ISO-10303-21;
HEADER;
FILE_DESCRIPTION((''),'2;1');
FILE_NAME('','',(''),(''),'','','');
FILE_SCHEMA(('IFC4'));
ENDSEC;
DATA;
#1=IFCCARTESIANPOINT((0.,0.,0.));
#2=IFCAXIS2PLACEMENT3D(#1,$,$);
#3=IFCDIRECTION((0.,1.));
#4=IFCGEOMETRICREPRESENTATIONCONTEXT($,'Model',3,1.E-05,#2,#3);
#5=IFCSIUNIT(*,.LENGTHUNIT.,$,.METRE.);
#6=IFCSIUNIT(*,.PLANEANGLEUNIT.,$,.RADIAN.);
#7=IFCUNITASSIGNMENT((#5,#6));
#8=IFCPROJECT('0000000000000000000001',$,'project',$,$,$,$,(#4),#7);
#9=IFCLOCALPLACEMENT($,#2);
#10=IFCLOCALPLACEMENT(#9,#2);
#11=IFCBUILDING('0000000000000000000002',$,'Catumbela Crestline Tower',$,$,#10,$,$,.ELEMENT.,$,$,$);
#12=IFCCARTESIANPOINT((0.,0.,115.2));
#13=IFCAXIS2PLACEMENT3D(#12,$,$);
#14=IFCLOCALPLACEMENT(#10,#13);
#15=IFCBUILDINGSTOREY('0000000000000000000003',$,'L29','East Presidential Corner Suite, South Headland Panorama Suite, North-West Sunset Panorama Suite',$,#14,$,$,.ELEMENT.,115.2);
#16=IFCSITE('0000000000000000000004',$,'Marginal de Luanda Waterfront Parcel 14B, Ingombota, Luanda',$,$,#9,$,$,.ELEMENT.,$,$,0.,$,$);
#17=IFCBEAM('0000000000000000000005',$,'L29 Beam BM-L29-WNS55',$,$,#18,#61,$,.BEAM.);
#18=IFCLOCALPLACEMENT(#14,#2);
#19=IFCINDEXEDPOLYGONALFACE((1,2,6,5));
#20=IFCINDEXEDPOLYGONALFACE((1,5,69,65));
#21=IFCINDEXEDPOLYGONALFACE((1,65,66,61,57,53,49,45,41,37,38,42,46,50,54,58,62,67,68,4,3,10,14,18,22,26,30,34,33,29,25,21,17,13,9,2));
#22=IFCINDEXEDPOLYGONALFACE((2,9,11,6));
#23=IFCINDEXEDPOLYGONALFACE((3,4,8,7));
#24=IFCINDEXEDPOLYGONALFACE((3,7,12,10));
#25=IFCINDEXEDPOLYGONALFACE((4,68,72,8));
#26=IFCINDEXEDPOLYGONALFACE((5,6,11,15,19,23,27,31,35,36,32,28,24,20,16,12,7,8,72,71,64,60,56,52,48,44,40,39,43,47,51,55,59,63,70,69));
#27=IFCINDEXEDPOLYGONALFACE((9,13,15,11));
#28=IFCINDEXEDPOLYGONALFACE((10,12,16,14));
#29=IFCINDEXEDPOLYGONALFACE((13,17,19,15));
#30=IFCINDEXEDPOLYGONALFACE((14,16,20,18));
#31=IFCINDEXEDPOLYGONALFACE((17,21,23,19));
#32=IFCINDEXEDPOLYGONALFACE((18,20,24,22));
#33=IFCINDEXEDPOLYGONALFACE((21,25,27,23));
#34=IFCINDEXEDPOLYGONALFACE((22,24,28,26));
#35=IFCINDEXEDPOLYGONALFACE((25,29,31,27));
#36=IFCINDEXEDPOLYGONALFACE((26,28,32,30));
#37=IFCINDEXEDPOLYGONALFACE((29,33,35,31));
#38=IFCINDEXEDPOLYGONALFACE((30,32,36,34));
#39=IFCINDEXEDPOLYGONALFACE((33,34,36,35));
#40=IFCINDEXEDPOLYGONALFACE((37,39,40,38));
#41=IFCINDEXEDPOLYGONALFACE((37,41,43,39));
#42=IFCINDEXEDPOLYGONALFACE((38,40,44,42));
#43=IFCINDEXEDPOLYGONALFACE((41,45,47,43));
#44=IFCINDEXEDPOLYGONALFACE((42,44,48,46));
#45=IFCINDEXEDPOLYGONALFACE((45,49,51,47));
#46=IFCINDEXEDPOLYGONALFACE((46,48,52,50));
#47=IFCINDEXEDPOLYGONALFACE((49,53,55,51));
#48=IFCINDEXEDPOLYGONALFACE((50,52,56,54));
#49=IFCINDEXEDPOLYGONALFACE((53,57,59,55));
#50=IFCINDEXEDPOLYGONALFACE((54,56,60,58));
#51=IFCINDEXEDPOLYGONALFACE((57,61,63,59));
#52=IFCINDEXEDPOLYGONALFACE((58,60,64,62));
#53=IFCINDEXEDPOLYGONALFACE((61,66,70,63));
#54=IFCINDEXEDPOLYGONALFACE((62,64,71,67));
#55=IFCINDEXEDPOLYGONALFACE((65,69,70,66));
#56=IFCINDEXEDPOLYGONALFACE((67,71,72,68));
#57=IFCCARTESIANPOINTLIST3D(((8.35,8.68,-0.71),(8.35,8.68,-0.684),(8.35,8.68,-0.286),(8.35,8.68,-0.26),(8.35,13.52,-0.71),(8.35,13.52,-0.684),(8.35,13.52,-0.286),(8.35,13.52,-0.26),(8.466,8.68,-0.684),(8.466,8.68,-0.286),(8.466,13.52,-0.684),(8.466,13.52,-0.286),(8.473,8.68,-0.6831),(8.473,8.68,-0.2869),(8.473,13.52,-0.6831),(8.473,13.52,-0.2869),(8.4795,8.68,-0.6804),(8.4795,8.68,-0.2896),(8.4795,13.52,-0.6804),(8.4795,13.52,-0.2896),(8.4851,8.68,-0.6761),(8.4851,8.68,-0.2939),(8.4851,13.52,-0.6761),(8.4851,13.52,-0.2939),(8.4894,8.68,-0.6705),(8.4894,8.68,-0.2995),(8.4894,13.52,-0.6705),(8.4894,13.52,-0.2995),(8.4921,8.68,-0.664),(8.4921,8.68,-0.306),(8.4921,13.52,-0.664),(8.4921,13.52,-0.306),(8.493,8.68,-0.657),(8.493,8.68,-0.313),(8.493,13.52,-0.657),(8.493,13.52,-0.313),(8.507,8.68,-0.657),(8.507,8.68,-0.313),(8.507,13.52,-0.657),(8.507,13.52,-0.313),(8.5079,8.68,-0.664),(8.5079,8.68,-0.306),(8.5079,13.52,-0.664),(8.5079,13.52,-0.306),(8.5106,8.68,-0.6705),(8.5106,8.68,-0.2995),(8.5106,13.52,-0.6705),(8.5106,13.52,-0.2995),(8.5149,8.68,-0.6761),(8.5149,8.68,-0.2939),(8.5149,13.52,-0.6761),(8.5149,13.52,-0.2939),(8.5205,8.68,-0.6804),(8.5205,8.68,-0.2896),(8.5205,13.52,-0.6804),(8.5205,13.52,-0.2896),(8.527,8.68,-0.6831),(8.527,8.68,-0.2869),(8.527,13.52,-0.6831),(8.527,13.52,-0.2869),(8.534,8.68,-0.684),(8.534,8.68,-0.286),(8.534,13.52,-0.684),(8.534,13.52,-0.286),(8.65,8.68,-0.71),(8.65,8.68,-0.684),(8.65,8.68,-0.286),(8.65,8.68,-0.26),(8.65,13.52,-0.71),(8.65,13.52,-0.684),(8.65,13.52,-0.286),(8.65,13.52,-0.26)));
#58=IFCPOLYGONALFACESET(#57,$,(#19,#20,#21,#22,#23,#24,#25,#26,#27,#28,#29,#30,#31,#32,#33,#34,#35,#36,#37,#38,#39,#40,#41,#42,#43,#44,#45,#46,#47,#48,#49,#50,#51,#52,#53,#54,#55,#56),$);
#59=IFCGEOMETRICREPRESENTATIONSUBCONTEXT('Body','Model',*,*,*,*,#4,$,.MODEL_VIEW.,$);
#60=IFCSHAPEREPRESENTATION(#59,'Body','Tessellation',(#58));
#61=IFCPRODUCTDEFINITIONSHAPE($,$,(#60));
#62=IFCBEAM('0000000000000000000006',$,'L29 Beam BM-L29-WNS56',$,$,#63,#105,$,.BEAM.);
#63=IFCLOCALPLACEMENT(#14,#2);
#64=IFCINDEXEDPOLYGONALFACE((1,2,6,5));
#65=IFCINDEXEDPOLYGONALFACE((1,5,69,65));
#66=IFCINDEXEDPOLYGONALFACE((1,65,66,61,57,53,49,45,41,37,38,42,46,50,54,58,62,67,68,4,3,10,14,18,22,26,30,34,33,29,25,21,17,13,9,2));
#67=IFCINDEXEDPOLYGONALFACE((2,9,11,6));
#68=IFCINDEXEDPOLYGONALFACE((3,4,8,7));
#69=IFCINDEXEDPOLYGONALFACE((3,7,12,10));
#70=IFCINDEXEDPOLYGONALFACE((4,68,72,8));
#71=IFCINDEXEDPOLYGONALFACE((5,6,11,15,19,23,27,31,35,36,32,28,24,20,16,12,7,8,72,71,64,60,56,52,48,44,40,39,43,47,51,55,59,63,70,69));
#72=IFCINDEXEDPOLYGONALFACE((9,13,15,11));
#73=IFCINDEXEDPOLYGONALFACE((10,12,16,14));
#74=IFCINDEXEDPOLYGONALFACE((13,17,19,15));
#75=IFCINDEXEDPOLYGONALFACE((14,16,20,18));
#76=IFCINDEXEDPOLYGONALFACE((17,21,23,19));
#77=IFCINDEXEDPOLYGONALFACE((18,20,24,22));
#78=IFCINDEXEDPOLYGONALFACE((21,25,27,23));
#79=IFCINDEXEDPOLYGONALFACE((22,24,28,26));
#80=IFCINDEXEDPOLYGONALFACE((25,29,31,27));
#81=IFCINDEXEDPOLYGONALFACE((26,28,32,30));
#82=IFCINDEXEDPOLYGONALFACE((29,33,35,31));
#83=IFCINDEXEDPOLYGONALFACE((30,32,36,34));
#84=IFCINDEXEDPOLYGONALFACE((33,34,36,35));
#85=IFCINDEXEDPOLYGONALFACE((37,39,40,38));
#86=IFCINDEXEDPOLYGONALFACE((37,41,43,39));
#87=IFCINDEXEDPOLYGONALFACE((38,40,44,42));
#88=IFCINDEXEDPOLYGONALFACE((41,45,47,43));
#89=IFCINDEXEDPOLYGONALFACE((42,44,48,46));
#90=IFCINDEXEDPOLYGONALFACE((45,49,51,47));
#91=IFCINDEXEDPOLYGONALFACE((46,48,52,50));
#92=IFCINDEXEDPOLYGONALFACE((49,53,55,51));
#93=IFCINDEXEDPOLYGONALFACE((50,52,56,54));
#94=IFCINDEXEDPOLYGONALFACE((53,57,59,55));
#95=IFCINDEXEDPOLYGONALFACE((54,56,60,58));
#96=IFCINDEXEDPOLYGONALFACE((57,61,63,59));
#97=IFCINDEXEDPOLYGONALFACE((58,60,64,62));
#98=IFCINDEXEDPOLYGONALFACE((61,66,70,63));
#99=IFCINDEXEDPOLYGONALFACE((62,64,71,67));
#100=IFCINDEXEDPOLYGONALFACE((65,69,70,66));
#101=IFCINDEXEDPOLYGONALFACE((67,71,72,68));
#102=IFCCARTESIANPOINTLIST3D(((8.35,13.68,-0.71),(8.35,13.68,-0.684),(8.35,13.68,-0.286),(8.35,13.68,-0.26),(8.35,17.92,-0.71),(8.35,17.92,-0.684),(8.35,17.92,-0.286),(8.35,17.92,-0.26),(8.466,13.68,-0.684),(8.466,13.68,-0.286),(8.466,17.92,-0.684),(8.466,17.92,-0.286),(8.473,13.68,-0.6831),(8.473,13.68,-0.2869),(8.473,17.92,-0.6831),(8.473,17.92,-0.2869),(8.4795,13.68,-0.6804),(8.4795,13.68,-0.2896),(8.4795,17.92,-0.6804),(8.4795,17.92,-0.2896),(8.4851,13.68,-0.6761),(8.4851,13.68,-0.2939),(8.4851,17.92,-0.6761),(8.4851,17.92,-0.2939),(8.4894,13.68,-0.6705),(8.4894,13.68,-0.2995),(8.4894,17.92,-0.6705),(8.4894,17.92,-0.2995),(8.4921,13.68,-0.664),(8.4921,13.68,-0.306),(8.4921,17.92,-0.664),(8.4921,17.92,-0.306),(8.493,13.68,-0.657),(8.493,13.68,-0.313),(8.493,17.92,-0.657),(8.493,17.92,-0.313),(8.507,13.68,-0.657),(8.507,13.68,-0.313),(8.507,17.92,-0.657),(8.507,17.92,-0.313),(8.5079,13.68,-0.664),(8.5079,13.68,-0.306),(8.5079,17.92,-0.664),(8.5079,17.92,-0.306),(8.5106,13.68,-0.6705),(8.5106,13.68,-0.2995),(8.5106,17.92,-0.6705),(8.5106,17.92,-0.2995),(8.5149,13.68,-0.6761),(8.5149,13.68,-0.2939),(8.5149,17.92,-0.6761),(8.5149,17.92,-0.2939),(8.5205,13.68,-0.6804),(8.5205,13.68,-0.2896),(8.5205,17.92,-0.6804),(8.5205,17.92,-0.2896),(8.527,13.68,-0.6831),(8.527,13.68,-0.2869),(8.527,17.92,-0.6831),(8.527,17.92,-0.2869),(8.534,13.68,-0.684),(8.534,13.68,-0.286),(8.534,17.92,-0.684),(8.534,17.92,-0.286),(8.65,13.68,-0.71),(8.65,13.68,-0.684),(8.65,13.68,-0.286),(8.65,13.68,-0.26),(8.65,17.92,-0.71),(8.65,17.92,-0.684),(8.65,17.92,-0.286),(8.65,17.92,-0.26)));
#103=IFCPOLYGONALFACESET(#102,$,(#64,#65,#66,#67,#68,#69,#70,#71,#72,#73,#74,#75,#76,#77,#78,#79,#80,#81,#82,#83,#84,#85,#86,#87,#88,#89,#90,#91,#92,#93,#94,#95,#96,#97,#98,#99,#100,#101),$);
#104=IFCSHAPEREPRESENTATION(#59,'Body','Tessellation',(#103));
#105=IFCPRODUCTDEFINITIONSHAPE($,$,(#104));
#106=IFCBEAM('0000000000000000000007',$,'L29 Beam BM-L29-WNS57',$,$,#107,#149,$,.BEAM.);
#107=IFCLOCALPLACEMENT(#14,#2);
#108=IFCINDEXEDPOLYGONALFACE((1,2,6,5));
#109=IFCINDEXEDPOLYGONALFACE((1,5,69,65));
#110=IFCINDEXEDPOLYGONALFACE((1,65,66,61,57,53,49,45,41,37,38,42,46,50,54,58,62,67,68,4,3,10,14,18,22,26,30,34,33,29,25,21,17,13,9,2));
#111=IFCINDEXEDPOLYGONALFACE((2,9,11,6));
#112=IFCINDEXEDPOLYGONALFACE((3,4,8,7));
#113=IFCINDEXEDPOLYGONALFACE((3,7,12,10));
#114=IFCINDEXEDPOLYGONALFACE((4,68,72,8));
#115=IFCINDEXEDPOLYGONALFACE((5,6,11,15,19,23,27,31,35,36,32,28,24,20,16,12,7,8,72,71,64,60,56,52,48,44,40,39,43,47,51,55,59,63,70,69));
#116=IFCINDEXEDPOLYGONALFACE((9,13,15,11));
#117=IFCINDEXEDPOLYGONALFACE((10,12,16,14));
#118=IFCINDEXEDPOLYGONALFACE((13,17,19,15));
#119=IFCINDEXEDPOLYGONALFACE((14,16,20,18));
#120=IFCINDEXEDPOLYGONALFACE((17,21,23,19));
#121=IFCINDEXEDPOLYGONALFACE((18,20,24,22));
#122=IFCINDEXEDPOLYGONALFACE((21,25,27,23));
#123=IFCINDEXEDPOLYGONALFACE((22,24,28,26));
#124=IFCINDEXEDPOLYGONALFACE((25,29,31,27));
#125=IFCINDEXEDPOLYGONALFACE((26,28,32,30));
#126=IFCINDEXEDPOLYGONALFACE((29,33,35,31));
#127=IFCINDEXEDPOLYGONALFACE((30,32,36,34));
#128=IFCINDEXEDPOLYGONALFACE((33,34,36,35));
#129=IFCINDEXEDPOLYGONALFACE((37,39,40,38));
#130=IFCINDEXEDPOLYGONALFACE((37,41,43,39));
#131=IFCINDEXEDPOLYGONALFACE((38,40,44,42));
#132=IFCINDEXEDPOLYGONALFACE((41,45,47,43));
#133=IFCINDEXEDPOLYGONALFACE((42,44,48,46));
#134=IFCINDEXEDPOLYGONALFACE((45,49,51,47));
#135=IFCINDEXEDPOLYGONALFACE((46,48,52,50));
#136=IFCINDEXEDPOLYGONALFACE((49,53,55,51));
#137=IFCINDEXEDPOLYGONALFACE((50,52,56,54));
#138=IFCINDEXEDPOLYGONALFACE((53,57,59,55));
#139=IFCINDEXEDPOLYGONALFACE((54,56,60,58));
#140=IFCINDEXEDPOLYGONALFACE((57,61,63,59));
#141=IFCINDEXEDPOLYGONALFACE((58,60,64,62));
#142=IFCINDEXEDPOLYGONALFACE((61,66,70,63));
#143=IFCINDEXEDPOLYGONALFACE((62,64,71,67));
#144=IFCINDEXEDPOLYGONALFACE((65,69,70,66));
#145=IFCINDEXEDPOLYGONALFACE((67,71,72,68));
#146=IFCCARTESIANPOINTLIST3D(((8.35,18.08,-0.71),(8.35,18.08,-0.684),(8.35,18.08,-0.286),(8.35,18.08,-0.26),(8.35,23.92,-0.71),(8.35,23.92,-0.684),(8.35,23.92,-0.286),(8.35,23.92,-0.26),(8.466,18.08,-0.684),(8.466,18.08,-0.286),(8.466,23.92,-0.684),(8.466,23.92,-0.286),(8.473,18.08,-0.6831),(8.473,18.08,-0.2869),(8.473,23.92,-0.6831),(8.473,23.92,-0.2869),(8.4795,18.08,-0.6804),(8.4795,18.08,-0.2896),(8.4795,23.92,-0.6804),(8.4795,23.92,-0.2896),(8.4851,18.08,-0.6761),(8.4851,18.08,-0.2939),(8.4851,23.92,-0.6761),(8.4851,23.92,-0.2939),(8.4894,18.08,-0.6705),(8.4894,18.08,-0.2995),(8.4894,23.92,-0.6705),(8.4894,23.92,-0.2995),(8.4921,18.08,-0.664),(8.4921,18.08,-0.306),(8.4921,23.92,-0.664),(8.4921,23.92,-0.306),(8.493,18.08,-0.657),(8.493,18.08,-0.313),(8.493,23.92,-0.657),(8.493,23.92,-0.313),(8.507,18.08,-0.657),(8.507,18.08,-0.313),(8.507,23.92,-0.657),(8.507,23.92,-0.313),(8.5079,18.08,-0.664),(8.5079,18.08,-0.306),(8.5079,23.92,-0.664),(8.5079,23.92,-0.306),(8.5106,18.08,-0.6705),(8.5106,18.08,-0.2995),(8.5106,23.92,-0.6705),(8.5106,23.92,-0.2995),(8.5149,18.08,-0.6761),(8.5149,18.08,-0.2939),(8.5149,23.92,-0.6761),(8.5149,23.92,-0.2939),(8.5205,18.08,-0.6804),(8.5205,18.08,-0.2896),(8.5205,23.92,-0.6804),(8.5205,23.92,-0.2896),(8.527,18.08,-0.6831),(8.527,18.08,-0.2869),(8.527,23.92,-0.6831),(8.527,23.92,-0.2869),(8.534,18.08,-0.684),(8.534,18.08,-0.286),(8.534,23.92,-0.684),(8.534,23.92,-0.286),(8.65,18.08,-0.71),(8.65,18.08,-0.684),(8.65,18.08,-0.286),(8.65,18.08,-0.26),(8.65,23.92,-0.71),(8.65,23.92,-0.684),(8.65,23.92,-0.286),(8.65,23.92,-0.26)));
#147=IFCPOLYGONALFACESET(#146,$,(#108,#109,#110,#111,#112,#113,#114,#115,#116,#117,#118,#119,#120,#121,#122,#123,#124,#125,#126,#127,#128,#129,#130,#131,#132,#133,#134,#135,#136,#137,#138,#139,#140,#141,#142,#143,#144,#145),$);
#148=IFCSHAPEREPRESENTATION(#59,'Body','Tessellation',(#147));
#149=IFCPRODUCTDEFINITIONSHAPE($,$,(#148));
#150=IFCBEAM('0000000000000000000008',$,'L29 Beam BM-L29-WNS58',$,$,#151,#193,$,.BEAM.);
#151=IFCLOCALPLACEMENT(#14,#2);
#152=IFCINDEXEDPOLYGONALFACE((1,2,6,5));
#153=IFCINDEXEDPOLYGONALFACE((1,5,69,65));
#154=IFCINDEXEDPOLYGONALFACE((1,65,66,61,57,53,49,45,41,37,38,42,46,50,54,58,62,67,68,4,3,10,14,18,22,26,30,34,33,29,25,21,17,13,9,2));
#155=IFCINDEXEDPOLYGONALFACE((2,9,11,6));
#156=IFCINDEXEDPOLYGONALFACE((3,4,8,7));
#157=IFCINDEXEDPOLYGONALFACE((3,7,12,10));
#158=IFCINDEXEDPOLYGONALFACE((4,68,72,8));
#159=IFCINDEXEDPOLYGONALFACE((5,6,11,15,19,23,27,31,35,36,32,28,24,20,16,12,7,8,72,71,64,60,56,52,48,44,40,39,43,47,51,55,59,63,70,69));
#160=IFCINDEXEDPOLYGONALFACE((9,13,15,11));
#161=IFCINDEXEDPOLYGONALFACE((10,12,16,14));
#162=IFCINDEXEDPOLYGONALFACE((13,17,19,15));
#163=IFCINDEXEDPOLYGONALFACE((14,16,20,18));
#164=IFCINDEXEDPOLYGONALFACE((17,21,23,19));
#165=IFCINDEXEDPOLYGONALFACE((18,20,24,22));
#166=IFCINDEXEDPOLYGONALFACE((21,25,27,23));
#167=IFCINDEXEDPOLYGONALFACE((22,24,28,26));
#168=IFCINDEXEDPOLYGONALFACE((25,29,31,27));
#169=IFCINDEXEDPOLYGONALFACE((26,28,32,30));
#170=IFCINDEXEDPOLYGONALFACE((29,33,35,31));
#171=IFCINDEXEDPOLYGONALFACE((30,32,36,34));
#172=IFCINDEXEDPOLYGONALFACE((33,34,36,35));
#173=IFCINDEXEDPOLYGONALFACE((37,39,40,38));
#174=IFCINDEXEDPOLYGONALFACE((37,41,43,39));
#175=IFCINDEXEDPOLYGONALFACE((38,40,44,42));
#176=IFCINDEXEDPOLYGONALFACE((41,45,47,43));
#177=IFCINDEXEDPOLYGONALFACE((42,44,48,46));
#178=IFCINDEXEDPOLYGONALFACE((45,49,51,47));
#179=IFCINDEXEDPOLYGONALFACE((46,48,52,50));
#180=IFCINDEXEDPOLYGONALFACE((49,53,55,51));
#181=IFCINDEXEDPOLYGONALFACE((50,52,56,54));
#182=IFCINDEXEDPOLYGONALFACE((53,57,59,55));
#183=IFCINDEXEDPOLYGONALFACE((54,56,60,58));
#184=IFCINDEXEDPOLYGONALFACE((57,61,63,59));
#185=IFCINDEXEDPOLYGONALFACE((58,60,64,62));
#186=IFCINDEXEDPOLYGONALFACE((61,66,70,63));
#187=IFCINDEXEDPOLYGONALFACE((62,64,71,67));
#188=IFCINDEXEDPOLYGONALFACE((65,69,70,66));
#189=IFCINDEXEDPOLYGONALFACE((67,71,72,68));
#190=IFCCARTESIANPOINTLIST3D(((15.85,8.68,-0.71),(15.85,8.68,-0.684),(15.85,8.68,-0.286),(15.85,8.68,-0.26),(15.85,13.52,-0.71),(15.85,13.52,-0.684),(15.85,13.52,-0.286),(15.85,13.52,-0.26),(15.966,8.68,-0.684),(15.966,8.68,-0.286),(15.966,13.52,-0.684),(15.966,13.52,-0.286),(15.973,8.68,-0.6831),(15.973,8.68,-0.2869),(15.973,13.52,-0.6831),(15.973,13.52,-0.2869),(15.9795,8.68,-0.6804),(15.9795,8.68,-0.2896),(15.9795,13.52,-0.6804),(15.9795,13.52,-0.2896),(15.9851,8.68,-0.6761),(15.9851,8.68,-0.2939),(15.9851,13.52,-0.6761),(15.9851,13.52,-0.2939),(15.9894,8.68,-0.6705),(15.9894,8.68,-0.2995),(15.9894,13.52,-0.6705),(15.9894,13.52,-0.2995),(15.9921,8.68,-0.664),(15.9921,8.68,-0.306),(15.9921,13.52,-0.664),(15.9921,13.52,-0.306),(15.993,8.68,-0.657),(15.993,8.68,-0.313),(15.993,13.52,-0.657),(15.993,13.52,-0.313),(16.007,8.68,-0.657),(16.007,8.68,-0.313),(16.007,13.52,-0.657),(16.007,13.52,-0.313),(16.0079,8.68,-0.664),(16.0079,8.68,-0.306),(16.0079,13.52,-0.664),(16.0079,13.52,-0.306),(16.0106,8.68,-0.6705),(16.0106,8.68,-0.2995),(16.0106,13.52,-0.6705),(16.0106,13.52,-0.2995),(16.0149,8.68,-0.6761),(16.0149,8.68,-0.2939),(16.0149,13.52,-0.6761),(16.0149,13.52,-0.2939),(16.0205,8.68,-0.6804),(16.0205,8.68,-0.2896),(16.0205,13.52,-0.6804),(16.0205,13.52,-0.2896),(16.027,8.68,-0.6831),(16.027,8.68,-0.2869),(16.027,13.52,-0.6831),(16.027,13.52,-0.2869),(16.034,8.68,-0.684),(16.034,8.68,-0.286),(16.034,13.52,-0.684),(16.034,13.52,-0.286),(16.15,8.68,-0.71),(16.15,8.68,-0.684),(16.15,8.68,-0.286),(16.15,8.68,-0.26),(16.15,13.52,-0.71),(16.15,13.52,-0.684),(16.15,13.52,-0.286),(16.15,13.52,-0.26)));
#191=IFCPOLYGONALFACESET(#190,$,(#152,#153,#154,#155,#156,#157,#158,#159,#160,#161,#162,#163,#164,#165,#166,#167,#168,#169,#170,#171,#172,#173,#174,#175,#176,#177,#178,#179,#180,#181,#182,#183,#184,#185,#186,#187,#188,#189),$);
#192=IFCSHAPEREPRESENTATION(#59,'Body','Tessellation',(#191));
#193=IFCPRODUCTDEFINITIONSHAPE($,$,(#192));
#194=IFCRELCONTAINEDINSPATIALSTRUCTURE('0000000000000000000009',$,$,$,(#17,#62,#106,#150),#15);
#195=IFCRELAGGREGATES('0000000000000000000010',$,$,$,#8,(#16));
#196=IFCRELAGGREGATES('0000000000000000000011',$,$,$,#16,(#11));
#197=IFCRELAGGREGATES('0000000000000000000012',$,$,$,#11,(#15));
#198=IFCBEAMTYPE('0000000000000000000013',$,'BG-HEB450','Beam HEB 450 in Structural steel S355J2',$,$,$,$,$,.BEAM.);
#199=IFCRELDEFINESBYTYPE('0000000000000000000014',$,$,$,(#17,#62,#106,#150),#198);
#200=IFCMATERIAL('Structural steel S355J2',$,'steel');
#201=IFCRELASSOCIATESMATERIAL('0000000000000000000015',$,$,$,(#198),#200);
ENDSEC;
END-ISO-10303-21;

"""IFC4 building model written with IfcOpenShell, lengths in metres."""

from ifc_helpers import new_model, si_unit, direction, frame, origin, origin_2d, place, context, subcontext, project, spatial, i_section, extrude, material, material_profile, profile_set, type_object, element, save


model = new_model("IFC4")

# Units and contexts
model_context = context("Model", 3, precision=1e-05, world=origin(), true_north=direction((0.0, 1.0)))
body_context = subcontext(model_context, "Body", "Model", "MODEL_VIEW")
ifc_project = project(units=[si_unit("LENGTHUNIT", "METRE"), si_unit("PLANEANGLEUNIT", "RADIAN")], contexts=[model_context])

# Site, building, storey
site_placement = place(None, origin())
site = spatial("IfcSite", under=ifc_project, at=site_placement, Name="Marginal de Luanda Waterfront Parcel 14B, Ingombota, Luanda", CompositionType="ELEMENT", RefElevation=0.0)
building_placement = place(site_placement, origin())
building = spatial("IfcBuilding", under=site, at=building_placement, Name="Catumbela Crestline Tower", CompositionType="ELEMENT")
storey_placement = place(building_placement, frame((0.0, 0.0, 115.2)))
storey = spatial("IfcBuildingStorey", under=building, at=storey_placement, Name="L29", Description="East Presidential Corner Suite, South Headland Panorama Suite, North-West Sunset Panorama Suite", CompositionType="ELEMENT", Elevation=115.2)

# Beams
ifc_material_1 = material(Name="Structural steel S355J2", Category="steel")
ifc_material_profile_1 = material_profile(ifc_material_1, i_section(OverallWidth=0.3, OverallDepth=0.45, WebThickness=0.014, FlangeThickness=0.026, FilletRadius=0.027, at=origin_2d()), Name="HEB 450")
ifc_profile_set_1 = profile_set([ifc_material_profile_1], Name="Structural steel S355J2")
beam_type_1 = type_object("IfcBeamType", Name="BG-HEB450", Description="Beam HEB 450 in Structural steel S355J2", PredefinedType="BEAM", material=ifc_profile_set_1)
beam_1_placement = place(storey_placement, frame((8.5, 8.68, -0.485), z_axis=(0.0, 1.0, 0.0), x_axis=(-1.0, 0.0, 0.0)))
element("IfcBeam", 1, at=beam_1_placement, inside=storey, type_object=beam_type_1, Name="L29 Beam BM-L29-WNS55", PredefinedType="BEAM", context=body_context, shape_type="SweptSolid", body=[
    extrude(i_section(OverallWidth=0.3, OverallDepth=0.45, WebThickness=0.014, FlangeThickness=0.026, FilletRadius=0.027, at=origin_2d()), origin(), (0.0, 0.0, 1.0), 4.84),
])
beam_2_placement = place(storey_placement, frame((8.5, 13.68, -0.485), z_axis=(0.0, 1.0, 0.0), x_axis=(-1.0, 0.0, 0.0)))
element("IfcBeam", 2, at=beam_2_placement, inside=storey, type_object=beam_type_1, Name="L29 Beam BM-L29-WNS56", PredefinedType="BEAM", context=body_context, shape_type="SweptSolid", body=[
    extrude(i_section(OverallWidth=0.3, OverallDepth=0.45, WebThickness=0.014, FlangeThickness=0.026, FilletRadius=0.027, at=origin_2d()), origin(), (0.0, 0.0, 1.0), 4.24),
])
beam_3_placement = place(storey_placement, frame((8.5, 18.08, -0.485), z_axis=(0.0, 1.0, 0.0), x_axis=(-1.0, 0.0, 0.0)))
element("IfcBeam", 3, at=beam_3_placement, inside=storey, type_object=beam_type_1, Name="L29 Beam BM-L29-WNS57", PredefinedType="BEAM", context=body_context, shape_type="SweptSolid", body=[
    extrude(i_section(OverallWidth=0.3, OverallDepth=0.45, WebThickness=0.014, FlangeThickness=0.026, FilletRadius=0.027, at=origin_2d()), origin(), (0.0, 0.0, 1.0), 5.84),
])
beam_4_placement = place(storey_placement, frame((16.0, 8.68, -0.485), z_axis=(0.0, 1.0, 0.0), x_axis=(-1.0, 0.0, 0.0)))
element("IfcBeam", 4, at=beam_4_placement, inside=storey, type_object=beam_type_1, Name="L29 Beam BM-L29-WNS58", PredefinedType="BEAM", context=body_context, shape_type="SweptSolid", body=[
    extrude(i_section(OverallWidth=0.3, OverallDepth=0.45, WebThickness=0.014, FlangeThickness=0.026, FilletRadius=0.027, at=origin_2d()), origin(), (0.0, 0.0, 1.0), 4.84),
])

save(model, "model.ifc")
